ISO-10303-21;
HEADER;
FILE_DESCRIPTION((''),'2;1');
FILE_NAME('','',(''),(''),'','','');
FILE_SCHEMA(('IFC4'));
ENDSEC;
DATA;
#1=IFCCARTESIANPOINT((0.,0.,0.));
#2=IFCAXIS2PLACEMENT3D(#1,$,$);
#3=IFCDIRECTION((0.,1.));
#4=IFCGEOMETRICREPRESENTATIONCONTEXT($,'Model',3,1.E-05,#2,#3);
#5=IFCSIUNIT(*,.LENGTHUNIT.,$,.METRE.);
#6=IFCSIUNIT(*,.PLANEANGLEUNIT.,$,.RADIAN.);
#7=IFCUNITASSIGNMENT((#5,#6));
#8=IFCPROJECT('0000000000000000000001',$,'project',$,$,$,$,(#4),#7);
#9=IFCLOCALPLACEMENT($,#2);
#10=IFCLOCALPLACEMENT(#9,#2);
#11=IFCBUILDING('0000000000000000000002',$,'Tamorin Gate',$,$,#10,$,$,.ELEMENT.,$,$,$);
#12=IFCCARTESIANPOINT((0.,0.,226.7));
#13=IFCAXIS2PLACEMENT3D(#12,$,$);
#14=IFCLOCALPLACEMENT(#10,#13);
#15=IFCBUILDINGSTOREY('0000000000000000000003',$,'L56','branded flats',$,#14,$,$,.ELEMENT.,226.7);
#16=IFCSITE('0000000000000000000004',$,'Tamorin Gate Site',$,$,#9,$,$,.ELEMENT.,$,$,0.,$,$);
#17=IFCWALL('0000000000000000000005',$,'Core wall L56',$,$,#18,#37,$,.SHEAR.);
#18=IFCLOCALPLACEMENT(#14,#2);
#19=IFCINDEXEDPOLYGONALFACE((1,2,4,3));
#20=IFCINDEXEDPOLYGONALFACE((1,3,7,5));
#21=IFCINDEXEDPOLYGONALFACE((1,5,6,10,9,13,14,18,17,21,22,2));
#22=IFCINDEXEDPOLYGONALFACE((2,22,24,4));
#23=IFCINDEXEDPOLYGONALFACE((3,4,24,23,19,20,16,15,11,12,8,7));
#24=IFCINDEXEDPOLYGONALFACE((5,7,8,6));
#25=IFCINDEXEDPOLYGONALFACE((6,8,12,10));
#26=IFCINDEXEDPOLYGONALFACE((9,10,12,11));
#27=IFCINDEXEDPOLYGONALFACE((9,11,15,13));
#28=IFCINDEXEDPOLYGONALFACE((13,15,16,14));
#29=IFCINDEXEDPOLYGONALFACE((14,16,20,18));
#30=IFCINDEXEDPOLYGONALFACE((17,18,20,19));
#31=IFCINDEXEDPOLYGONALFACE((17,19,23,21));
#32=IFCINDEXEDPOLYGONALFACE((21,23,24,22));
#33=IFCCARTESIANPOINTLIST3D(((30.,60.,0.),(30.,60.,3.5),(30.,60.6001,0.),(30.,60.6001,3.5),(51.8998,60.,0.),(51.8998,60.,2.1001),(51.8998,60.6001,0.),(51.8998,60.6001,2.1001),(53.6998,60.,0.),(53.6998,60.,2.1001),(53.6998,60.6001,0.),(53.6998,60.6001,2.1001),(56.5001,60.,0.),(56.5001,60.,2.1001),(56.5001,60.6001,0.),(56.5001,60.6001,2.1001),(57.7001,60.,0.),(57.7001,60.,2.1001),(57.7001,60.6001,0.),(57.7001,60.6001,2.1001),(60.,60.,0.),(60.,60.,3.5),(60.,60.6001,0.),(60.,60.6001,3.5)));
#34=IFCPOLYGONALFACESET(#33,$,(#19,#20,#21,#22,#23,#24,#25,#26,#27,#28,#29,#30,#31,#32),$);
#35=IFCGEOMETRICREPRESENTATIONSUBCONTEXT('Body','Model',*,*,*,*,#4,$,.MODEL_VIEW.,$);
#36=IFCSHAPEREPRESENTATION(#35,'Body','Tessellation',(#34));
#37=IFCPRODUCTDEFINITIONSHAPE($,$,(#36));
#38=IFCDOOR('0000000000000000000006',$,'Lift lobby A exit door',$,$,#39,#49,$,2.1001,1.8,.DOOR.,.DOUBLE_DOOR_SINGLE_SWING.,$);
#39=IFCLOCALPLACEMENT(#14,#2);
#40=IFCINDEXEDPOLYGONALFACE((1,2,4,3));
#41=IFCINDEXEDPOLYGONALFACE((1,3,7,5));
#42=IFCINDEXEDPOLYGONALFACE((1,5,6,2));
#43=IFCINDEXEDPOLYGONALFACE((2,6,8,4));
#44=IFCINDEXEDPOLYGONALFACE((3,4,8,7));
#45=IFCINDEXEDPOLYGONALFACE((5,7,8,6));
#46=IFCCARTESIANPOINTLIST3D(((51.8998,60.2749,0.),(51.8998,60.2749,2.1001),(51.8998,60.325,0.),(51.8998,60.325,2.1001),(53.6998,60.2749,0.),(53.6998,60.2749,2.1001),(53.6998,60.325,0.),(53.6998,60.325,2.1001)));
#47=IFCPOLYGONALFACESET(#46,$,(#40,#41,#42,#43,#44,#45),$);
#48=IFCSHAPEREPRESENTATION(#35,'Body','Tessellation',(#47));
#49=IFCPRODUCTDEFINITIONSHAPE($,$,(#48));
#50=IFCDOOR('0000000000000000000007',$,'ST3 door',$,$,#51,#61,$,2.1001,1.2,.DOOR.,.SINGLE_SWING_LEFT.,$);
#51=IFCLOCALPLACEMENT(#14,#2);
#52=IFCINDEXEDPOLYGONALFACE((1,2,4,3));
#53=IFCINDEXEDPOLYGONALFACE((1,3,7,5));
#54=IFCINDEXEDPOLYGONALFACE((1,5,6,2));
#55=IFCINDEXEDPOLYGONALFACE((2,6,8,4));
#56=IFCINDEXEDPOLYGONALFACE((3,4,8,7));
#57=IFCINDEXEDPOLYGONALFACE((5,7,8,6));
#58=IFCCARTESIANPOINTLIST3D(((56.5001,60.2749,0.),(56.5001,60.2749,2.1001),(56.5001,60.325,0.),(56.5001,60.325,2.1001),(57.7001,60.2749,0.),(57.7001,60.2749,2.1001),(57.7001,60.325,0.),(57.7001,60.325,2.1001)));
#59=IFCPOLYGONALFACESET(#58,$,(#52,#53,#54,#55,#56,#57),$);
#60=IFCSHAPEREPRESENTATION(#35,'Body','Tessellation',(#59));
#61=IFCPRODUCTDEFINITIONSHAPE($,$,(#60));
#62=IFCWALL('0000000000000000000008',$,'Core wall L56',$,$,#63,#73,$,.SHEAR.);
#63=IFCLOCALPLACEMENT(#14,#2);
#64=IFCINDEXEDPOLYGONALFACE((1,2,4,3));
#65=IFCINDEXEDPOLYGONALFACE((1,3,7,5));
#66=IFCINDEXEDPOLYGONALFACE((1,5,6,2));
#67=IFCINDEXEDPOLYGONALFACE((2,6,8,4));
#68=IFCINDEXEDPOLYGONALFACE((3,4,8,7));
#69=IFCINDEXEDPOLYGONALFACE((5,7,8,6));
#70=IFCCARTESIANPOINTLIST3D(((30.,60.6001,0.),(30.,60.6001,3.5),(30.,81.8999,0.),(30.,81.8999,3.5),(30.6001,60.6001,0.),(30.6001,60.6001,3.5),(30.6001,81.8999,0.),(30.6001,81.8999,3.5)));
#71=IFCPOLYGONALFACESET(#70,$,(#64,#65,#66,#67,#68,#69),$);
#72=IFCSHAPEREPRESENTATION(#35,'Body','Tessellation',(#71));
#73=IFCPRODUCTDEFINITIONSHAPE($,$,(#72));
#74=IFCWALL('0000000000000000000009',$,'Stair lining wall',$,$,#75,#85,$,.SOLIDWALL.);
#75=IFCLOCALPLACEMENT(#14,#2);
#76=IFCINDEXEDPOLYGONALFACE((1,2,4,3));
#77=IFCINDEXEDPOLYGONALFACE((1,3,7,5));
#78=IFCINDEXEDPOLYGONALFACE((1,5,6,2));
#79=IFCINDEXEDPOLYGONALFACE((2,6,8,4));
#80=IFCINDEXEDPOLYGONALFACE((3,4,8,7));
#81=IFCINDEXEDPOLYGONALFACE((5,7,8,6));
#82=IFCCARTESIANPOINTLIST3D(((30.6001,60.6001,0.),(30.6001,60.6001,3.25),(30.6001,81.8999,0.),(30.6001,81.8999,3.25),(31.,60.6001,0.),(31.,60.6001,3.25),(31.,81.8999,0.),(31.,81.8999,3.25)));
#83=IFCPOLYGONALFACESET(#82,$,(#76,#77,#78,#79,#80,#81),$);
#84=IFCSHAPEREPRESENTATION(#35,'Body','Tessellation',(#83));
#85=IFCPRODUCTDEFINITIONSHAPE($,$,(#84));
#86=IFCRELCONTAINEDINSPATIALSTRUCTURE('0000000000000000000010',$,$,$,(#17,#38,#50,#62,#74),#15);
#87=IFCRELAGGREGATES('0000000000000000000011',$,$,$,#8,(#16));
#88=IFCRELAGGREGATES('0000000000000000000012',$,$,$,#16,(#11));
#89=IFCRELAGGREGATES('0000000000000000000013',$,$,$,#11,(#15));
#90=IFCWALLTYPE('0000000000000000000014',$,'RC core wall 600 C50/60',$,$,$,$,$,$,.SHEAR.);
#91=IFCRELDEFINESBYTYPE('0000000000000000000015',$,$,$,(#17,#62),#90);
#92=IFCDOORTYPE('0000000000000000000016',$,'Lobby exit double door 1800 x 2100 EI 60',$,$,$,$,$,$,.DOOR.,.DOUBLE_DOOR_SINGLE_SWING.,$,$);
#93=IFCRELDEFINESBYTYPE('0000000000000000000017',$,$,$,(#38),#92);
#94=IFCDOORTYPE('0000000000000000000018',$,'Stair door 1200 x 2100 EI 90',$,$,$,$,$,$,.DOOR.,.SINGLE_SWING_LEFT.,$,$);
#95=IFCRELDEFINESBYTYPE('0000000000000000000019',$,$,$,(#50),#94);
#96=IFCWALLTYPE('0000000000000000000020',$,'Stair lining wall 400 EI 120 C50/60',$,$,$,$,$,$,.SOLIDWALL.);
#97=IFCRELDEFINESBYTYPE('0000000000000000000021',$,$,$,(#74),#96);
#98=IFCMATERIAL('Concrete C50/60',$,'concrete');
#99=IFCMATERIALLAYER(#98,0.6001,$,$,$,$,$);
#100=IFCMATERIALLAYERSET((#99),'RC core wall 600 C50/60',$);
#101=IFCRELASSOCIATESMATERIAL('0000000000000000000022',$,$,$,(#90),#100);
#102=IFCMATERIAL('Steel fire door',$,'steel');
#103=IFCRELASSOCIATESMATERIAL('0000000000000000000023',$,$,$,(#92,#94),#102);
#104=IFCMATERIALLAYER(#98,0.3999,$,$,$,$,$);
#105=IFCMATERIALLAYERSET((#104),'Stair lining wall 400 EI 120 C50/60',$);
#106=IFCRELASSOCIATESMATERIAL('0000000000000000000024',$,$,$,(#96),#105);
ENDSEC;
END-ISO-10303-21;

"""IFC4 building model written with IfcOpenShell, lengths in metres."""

from ifc_helpers import new_model, si_unit, direction, frame, frame_2d, origin, place, context, subcontext, project, spatial, rectangle, extrude, material, layer, layer_set, type_object, element, fill, save


model = new_model("IFC4")

# Units and contexts
model_context = context("Model", 3, precision=1e-05, world=origin(), true_north=direction((0.0, 1.0)))
body_context = subcontext(model_context, "Body", "Model", "MODEL_VIEW")
ifc_project = project(units=[si_unit("LENGTHUNIT", "METRE"), si_unit("PLANEANGLEUNIT", "RADIAN")], contexts=[model_context])

# Site, building, storey
site_placement = place(None, origin())
site = spatial("IfcSite", under=ifc_project, at=site_placement, Name="Tamorin Gate Site", CompositionType="ELEMENT", RefElevation=0.0)
building_placement = place(site_placement, origin())
building = spatial("IfcBuilding", under=site, at=building_placement, Name="Tamorin Gate", CompositionType="ELEMENT")
storey_placement = place(building_placement, frame((0.0, 0.0, 226.7)))
storey = spatial("IfcBuildingStorey", under=building, at=storey_placement, Name="L56", Description="branded flats", CompositionType="ELEMENT", Elevation=226.7)

# Shared definitions
ifc_material_1 = material(Name="Concrete C50/60", Category="concrete")

# Wall, openings, doors
ifc_layer_1 = layer(ifc_material_1, 0.6001)
ifc_layer_set_1 = layer_set([ifc_layer_1], Name="RC core wall 600 C50/60")
wall_type_1 = type_object("IfcWallType", Name="RC core wall 600 C50/60", PredefinedType="SHEAR", material=ifc_layer_set_1)
wall_1_placement = place(storey_placement, frame((30.0, 60.3, 0.0), z_axis=(0.0, 0.0, 1.0), x_axis=(1.0, 0.0, 0.0)))
wall_1 = element("IfcWall", 1, at=wall_1_placement, inside=storey, type_object=wall_type_1, Name="Core wall L56", PredefinedType="SHEAR", context=body_context, shape_type="SweptSolid", body=[
    extrude(rectangle(XDim=30.0, YDim=0.6001, at=frame_2d((15.0, 0.0))), origin(), (0.0, 0.0, 1.0), 3.5),
])
opening_1_placement = place(wall_1_placement, frame((21.8999, 0.0, 0.0)))
opening_1 = element("IfcOpeningElement", 2, at=opening_1_placement, cuts=wall_1, PredefinedType="OPENING", context=body_context, shape_type="SweptSolid", body=[
    extrude(rectangle(XDim=1.8, YDim=2.1001, at=frame_2d((0.8999, 1.05))), frame((0.0, 0.3101, 0.0), z_axis=(0.0, -1.0, 0.0), x_axis=(1.0, 0.0, 0.0)), (0.0, 0.0, 1.0), 0.6201),
])
opening_2_placement = place(wall_1_placement, frame((26.5, 0.0, 0.0)))
opening_2 = element("IfcOpeningElement", 3, at=opening_2_placement, cuts=wall_1, PredefinedType="OPENING", context=body_context, shape_type="SweptSolid", body=[
    extrude(rectangle(XDim=1.2, YDim=2.1001, at=frame_2d((0.6001, 1.05))), frame((0.0, 0.3101, 0.0), z_axis=(0.0, -1.0, 0.0), x_axis=(1.0, 0.0, 0.0)), (0.0, 0.0, 1.0), 0.6201),
])
ifc_material_2 = material(Name="Steel fire door", Category="steel")
door_type_1 = type_object("IfcDoorType", Name="Lobby exit double door 1800 x 2100 EI 60", OperationType="DOUBLE_DOOR_SINGLE_SWING", PredefinedType="DOOR", material=ifc_material_2)
door_1_placement = place(opening_1_placement, origin())
door_1 = element("IfcDoor", 4, at=door_1_placement, inside=storey, type_object=door_type_1, Name="Lift lobby A exit door", OperationType="DOUBLE_DOOR_SINGLE_SWING", OverallHeight=2.1001, OverallWidth=1.8, PredefinedType="DOOR", context=body_context, shape_type="SweptSolid", body=[
    extrude(rectangle(XDim=1.8, YDim=2.1001, at=frame_2d((0.8999, 1.05))), frame((0.0, 0.0249, 0.0), z_axis=(0.0, -1.0, 0.0), x_axis=(1.0, 0.0, 0.0)), (0.0, 0.0, 1.0), 0.05),
])
fill(opening_1, door_1)
door_type_2 = type_object("IfcDoorType", Name="Stair door 1200 x 2100 EI 90", OperationType="SINGLE_SWING_LEFT", PredefinedType="DOOR", material=ifc_material_2)
door_2_placement = place(opening_2_placement, origin())
door_2 = element("IfcDoor", 5, at=door_2_placement, inside=storey, type_object=door_type_2, Name="ST3 door", OperationType="SINGLE_SWING_LEFT", OverallHeight=2.1001, OverallWidth=1.2, PredefinedType="DOOR", context=body_context, shape_type="SweptSolid", body=[
    extrude(rectangle(XDim=1.2, YDim=2.1001, at=frame_2d((0.6001, 1.05))), frame((0.0, 0.0249, 0.0), z_axis=(0.0, -1.0, 0.0), x_axis=(1.0, 0.0, 0.0)), (0.0, 0.0, 1.0), 0.05),
])
fill(opening_2, door_2)

# Walls
wall_2_placement = place(storey_placement, frame((30.3, 60.6001, 0.0), z_axis=(0.0, 0.0, 1.0), x_axis=(0.0, 1.0, 0.0)))
element("IfcWall", 6, at=wall_2_placement, inside=storey, type_object=wall_type_1, Name="Core wall L56", PredefinedType="SHEAR", context=body_context, shape_type="SweptSolid", body=[
    extrude(rectangle(XDim=21.2998, YDim=0.6001, at=frame_2d((10.6499, 0.0))), origin(), (0.0, 0.0, 1.0), 3.5),
])
ifc_layer_2 = layer(ifc_material_1, 0.3999)
ifc_layer_set_2 = layer_set([ifc_layer_2], Name="Stair lining wall 400 EI 120 C50/60")
wall_type_2 = type_object("IfcWallType", Name="Stair lining wall 400 EI 120 C50/60", PredefinedType="SOLIDWALL", material=ifc_layer_set_2)
wall_3_placement = place(storey_placement, frame((30.8, 60.6001, 0.0), z_axis=(0.0, 0.0, 1.0), x_axis=(0.0, 1.0, 0.0)))
element("IfcWall", 7, at=wall_3_placement, inside=storey, type_object=wall_type_2, Name="Stair lining wall", PredefinedType="SOLIDWALL", context=body_context, shape_type="SweptSolid", body=[
    extrude(rectangle(XDim=21.2998, YDim=0.3999, at=frame_2d((10.6499, 0.0))), origin(), (0.0, 0.0, 1.0), 3.25),
])

save(model, "model.ifc")
